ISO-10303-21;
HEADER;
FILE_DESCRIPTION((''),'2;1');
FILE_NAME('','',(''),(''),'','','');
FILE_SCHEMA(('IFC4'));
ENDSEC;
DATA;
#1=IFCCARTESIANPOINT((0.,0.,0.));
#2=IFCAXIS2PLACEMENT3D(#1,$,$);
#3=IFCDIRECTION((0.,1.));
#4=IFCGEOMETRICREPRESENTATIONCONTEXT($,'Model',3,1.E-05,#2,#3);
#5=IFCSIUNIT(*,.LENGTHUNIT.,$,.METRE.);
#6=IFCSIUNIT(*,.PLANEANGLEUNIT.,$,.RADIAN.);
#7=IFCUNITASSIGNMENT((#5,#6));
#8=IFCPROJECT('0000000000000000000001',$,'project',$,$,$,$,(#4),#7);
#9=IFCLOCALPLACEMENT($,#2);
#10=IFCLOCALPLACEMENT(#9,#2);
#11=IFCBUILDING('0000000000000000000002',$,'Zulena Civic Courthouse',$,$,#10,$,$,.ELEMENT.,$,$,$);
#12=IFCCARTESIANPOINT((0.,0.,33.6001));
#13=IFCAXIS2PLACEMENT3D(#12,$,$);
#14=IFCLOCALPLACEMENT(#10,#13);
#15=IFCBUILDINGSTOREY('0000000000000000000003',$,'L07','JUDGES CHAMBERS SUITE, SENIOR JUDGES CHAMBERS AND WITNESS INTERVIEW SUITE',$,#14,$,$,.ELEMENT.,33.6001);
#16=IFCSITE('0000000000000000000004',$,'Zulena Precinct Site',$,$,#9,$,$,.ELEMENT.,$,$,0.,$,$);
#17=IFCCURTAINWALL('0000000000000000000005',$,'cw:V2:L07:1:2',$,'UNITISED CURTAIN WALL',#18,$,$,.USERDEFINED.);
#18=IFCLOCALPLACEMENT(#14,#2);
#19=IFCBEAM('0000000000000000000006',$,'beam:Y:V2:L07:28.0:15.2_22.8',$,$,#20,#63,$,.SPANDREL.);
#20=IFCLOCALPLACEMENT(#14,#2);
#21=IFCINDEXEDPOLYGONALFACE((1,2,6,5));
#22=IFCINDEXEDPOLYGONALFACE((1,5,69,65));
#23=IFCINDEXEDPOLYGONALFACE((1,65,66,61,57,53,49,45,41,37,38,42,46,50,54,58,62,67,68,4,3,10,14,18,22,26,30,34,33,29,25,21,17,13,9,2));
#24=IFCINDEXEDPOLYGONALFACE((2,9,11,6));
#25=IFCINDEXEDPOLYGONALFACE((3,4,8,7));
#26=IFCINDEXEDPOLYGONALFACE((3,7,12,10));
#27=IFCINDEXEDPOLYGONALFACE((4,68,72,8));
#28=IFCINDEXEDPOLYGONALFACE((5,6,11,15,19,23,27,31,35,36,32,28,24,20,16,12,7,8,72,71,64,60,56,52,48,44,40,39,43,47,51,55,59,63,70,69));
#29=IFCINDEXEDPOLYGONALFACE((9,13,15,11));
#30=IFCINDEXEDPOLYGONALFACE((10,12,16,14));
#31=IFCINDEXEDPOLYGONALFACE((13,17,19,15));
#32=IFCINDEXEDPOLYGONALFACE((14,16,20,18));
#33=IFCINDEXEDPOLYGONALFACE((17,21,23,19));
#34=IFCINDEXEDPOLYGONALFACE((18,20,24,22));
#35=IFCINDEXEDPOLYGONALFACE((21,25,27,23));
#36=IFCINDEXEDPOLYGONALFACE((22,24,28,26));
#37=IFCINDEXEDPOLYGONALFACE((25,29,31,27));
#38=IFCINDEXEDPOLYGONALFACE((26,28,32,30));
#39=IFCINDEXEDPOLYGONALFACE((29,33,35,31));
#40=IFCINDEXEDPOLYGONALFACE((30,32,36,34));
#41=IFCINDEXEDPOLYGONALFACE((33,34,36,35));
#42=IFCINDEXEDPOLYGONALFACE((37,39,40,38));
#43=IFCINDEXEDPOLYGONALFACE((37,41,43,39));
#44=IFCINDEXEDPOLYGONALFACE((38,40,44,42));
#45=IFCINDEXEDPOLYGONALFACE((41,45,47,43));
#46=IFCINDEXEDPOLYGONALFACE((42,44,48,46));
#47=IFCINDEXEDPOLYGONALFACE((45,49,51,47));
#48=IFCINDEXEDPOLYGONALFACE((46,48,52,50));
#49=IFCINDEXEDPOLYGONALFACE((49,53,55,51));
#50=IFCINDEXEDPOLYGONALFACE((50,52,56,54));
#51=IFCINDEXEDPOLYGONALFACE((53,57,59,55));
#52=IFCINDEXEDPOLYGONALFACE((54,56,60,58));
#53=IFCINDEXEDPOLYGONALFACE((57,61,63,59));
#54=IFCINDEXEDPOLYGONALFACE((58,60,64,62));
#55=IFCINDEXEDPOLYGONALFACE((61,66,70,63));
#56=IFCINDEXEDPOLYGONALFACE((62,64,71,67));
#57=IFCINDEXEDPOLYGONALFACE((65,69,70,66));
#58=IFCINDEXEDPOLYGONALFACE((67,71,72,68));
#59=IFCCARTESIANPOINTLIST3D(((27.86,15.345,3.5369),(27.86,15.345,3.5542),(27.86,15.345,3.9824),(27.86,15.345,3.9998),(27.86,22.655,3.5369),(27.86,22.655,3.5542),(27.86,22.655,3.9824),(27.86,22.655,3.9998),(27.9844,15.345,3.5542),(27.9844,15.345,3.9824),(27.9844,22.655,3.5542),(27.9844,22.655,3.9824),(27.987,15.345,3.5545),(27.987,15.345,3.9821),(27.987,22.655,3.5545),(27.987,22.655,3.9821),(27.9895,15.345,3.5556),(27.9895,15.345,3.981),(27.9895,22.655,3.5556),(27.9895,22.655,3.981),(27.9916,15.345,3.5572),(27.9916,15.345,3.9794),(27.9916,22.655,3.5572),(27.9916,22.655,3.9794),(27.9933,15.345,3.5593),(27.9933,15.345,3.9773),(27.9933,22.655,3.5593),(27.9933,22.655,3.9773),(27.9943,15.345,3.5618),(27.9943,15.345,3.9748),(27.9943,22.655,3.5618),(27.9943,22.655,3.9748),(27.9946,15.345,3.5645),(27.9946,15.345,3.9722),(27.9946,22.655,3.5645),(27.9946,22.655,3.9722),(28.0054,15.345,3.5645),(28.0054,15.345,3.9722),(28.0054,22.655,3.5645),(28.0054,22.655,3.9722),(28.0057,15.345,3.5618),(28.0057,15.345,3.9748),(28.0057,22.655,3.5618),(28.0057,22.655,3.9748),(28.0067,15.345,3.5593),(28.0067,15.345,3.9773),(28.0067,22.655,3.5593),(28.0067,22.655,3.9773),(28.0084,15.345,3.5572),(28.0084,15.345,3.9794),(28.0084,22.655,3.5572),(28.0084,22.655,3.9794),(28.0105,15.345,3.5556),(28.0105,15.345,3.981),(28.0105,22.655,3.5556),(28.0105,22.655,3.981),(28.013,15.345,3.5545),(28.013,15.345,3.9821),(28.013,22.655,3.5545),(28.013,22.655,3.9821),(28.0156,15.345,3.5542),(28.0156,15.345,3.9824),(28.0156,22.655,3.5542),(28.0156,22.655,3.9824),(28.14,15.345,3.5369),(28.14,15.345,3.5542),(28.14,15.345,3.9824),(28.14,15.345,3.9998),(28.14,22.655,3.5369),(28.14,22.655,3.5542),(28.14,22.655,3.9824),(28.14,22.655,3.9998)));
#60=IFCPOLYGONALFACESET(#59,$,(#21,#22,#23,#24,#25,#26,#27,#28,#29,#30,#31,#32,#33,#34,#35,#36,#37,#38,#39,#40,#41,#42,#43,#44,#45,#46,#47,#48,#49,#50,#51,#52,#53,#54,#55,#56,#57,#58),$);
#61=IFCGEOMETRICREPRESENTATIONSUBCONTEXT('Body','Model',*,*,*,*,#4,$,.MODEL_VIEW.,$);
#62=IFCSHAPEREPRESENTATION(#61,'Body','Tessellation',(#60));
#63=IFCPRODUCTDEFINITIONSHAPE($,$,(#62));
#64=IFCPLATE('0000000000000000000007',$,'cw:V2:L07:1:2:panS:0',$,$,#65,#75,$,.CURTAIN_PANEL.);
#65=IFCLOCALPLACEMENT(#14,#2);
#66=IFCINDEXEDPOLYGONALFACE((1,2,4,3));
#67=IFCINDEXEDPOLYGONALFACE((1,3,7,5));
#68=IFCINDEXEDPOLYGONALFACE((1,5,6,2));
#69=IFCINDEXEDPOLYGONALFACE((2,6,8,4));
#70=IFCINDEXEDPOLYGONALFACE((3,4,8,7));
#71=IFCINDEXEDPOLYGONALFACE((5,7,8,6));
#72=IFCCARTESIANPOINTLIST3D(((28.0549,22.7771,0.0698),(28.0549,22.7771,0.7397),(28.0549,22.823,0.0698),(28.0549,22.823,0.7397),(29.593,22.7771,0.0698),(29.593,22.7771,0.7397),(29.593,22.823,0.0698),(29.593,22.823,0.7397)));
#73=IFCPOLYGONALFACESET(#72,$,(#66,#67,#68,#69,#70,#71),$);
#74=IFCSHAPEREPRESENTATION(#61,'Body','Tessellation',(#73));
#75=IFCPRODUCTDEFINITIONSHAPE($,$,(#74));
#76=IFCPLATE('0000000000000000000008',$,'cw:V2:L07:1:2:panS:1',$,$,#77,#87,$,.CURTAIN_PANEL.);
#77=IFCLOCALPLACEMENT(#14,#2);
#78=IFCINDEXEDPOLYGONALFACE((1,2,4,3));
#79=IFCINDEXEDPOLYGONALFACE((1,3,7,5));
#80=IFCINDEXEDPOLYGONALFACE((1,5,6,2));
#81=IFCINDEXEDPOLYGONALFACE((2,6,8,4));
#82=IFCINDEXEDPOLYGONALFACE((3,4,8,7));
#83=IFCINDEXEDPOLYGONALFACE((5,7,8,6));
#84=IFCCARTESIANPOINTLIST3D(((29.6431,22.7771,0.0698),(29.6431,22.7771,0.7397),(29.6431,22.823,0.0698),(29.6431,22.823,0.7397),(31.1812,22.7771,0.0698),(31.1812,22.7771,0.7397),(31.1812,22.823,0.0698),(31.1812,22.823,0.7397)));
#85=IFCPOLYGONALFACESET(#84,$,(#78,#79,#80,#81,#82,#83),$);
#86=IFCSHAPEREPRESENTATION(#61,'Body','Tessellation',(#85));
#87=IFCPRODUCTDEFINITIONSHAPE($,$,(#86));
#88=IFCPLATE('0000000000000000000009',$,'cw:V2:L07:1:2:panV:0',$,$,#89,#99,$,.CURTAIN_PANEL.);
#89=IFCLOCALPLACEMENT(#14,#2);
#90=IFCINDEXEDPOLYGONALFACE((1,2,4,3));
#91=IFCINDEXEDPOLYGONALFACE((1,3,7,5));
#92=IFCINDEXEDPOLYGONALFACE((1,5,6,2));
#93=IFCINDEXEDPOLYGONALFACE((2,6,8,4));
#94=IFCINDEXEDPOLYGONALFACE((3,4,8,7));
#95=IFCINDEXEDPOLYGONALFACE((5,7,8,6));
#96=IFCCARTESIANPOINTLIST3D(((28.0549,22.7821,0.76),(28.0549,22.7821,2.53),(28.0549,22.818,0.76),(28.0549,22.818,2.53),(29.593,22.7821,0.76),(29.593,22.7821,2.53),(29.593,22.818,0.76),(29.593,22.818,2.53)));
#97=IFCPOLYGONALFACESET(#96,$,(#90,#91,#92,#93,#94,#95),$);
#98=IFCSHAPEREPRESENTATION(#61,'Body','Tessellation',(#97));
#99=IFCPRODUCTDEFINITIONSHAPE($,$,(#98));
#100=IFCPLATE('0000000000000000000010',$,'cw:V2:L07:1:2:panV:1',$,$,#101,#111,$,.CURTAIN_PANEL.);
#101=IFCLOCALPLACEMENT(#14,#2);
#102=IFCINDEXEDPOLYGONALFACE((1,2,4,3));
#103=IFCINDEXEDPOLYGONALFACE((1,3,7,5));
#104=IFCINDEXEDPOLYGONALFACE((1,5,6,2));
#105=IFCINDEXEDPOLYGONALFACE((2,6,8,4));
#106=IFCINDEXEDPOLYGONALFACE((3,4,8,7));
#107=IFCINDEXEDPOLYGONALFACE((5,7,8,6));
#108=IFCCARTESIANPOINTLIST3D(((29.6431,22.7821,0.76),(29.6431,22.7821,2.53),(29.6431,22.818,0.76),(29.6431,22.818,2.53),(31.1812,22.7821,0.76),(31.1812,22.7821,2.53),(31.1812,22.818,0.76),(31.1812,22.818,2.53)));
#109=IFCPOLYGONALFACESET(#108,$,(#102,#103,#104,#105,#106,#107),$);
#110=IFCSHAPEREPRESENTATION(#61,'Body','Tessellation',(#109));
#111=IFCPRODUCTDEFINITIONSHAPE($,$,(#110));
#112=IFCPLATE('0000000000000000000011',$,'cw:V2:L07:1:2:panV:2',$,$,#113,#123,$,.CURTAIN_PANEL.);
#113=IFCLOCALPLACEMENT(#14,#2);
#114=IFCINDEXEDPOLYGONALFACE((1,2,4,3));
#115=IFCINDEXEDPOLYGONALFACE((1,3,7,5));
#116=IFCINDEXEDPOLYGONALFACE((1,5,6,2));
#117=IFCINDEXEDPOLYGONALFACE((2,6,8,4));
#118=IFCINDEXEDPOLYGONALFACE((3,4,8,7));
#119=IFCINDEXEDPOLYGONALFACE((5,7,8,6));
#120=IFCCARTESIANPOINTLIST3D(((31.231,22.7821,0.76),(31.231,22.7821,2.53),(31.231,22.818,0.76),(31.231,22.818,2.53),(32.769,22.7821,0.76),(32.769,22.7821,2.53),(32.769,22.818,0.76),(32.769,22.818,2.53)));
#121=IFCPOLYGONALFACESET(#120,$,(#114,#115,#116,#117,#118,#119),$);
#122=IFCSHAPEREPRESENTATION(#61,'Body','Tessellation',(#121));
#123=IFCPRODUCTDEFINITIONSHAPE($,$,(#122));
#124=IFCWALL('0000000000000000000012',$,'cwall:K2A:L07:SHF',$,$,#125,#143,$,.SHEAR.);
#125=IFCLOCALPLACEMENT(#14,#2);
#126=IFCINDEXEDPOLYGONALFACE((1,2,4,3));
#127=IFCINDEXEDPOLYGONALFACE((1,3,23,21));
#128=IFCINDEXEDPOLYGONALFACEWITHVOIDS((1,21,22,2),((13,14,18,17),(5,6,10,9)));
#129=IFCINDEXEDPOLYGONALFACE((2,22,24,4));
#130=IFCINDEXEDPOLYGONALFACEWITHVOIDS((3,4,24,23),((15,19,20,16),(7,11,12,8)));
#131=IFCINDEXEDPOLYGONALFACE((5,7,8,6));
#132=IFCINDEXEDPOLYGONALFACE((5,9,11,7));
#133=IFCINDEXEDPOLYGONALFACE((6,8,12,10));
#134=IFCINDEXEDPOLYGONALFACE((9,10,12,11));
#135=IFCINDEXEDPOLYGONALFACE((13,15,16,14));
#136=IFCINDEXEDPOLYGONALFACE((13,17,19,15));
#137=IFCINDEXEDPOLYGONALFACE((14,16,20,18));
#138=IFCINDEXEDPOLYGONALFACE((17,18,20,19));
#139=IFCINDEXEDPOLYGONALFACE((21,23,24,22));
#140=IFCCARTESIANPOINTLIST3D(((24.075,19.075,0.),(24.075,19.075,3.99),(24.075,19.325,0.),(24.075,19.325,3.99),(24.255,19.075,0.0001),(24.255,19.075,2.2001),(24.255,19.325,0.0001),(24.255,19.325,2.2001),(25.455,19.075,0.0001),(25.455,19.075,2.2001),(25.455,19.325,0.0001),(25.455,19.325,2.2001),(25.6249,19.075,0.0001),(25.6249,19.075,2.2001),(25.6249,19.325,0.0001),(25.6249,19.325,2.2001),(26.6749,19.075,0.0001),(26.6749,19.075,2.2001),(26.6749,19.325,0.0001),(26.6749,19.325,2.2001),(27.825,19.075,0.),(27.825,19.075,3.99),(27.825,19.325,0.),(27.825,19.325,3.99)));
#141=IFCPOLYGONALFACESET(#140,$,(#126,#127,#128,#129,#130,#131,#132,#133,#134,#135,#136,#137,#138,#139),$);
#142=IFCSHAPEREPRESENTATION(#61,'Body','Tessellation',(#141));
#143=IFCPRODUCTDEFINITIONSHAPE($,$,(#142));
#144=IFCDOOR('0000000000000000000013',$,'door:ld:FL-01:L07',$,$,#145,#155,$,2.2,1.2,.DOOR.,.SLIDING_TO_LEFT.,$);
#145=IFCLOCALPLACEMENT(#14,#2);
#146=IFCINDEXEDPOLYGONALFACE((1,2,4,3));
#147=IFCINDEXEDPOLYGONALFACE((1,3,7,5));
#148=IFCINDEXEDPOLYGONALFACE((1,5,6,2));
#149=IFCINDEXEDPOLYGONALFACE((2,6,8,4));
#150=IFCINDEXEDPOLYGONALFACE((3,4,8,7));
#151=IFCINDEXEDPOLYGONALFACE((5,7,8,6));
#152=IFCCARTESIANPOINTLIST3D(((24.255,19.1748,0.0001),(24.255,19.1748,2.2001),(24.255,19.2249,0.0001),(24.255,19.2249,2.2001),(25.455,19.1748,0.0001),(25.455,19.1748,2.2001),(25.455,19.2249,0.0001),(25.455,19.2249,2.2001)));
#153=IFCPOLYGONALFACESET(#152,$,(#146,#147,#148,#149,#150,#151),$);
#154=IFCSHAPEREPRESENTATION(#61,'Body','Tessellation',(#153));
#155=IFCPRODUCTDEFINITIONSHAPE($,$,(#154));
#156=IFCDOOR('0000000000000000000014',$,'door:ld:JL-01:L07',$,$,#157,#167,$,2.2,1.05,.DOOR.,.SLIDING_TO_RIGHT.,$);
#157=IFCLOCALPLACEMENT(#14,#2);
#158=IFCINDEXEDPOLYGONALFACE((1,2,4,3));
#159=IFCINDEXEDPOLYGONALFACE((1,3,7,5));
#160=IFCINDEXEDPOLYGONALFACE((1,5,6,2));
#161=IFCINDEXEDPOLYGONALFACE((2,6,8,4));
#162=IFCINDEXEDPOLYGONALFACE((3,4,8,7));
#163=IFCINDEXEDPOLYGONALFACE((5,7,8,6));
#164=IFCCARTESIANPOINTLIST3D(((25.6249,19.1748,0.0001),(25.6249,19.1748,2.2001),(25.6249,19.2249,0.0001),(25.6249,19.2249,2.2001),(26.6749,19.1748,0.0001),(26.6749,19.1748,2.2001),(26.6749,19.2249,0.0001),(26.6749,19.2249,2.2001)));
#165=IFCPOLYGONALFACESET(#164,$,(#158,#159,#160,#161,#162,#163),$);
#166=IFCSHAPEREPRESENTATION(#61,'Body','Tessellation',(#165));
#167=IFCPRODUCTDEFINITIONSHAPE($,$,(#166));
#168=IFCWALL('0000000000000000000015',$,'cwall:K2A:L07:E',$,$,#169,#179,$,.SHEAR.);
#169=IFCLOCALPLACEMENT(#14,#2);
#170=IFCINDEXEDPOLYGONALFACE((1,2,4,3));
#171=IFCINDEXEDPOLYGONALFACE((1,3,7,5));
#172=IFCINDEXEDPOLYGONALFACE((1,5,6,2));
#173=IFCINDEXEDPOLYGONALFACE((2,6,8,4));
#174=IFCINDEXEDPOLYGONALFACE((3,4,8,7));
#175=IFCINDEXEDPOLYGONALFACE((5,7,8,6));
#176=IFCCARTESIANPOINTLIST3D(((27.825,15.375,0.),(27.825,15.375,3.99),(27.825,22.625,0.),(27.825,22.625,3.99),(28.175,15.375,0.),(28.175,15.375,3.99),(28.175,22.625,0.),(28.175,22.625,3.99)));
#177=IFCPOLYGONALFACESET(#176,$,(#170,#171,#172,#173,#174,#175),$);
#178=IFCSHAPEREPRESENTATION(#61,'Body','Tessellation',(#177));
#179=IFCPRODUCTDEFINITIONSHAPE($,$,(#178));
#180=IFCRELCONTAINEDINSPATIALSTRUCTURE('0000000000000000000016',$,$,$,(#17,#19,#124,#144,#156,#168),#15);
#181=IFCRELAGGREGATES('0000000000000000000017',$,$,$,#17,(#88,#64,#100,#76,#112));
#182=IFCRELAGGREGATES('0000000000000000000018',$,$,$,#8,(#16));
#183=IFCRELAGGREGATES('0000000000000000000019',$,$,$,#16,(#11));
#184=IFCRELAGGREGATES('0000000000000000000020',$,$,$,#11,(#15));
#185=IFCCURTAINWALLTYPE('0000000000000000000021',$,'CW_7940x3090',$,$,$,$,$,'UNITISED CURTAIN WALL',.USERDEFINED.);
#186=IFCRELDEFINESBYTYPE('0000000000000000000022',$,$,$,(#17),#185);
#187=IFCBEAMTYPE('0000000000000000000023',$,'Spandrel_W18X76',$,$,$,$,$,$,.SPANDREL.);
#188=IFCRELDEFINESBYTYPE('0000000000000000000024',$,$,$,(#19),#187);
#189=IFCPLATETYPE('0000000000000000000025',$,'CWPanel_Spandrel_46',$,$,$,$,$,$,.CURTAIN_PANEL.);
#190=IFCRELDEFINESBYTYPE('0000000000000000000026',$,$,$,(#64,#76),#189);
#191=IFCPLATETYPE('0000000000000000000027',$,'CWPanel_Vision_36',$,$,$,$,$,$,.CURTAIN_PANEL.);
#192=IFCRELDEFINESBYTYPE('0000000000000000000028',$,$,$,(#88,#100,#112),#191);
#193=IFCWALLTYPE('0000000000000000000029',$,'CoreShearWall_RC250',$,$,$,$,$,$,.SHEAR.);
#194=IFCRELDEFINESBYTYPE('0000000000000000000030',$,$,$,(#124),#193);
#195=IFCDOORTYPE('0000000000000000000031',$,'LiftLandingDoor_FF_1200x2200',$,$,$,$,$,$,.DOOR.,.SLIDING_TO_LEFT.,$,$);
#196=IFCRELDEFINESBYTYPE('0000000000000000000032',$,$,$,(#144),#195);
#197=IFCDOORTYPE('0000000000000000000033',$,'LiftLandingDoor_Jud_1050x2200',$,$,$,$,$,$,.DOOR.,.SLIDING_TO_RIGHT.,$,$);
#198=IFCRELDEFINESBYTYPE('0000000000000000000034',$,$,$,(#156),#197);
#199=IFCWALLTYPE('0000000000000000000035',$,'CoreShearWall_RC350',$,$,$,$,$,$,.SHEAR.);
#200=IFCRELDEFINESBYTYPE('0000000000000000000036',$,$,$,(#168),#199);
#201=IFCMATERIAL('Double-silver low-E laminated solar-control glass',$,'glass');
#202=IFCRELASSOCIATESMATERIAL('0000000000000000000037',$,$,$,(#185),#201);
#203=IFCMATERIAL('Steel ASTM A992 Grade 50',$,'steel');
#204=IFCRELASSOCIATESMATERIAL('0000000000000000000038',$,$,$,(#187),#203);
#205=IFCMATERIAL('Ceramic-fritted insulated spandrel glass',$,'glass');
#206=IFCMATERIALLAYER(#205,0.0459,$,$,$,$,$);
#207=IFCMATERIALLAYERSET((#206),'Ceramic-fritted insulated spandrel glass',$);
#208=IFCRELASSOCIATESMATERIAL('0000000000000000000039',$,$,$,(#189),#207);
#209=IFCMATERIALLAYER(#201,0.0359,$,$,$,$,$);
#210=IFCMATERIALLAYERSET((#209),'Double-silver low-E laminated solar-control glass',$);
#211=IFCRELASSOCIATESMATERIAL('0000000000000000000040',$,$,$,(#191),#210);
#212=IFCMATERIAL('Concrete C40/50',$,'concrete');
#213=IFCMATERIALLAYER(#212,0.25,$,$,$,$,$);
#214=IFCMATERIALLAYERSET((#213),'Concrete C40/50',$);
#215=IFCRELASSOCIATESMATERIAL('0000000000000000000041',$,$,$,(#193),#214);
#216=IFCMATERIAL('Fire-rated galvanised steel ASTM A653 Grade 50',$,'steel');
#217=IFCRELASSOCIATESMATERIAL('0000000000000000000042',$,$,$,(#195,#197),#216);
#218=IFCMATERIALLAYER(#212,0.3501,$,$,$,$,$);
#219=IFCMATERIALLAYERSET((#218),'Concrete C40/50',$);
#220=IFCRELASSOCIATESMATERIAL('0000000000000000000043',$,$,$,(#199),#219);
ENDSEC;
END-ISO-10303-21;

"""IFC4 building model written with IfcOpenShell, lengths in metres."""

from ifc_helpers import new_model, si_unit, direction, frame, frame_2d, origin, origin_2d, place, context, subcontext, project, spatial, rectangle, i_section, extrude, material, layer, layer_set, material_profile, profile_set, type_object, element, fill, aggregate, save


model = new_model("IFC4")

# Units and contexts
model_context = context("Model", 3, precision=1e-05, world=origin(), true_north=direction((0.0, 1.0)))
body_context = subcontext(model_context, "Body", "Model", "MODEL_VIEW")
ifc_project = project(units=[si_unit("LENGTHUNIT", "METRE"), si_unit("PLANEANGLEUNIT", "RADIAN")], contexts=[model_context])

# Site, building, storey
site_placement = place(None, origin())
site = spatial("IfcSite", under=ifc_project, at=site_placement, Name="Zulena Precinct Site", CompositionType="ELEMENT", RefElevation=0.0)
building_placement = place(site_placement, origin())
building = spatial("IfcBuilding", under=site, at=building_placement, Name="Zulena Civic Courthouse", CompositionType="ELEMENT")
storey_placement = place(building_placement, frame((0.0, 0.0, 33.6001)))
storey = spatial("IfcBuildingStorey", under=building, at=storey_placement, Name="L07", Description="JUDGES CHAMBERS SUITE, SENIOR JUDGES CHAMBERS AND WITNESS INTERVIEW SUITE", CompositionType="ELEMENT", Elevation=33.6001)

# Shared definitions
ifc_material_1 = material(Name="Steel ASTM A992 Grade 50", Category="steel")

# Curtain wall
ifc_material_2 = material(Name="Double-silver low-E laminated solar-control glass", Category="glass")
curtain_wall_type = type_object("IfcCurtainWallType", Name="CW_7940x3090", ElementType="UNITISED CURTAIN WALL", PredefinedType="USERDEFINED", material=ifc_material_2)
curtain_wall_placement = place(storey_placement, origin())
curtain_wall = element("IfcCurtainWall", 1, at=curtain_wall_placement, inside=storey, type_object=curtain_wall_type, Name="cw:V2:L07:1:2", ObjectType="UNITISED CURTAIN WALL", PredefinedType="USERDEFINED")

# Beam
ifc_material_profile_1 = material_profile(ifc_material_1, i_section(OverallWidth=0.28, OverallDepth=0.4629, WebThickness=0.0107, FlangeThickness=0.0173, FilletRadius=0.0103, at=origin_2d()), Name="W18X76")
ifc_profile_set_1 = profile_set([ifc_material_profile_1], Name="Steel ASTM A992 Grade 50")
beam_type_1 = type_object("IfcBeamType", Name="Spandrel_W18X76", PredefinedType="SPANDREL", material=ifc_profile_set_1)
beam_1_placement = place(storey_placement, frame((28.0, 15.345, 3.7683), z_axis=(0.0, 1.0, 0.0), x_axis=(-1.0, 0.0, 0.0)))
element("IfcBeam", 2, at=beam_1_placement, inside=storey, type_object=beam_type_1, Name="beam:Y:V2:L07:28.0:15.2_22.8", PredefinedType="SPANDREL", context=body_context, shape_type="SweptSolid", body=[
    extrude(i_section(OverallWidth=0.28, OverallDepth=0.4629, WebThickness=0.0107, FlangeThickness=0.0173, FilletRadius=0.0103, at=origin_2d()), origin(), (0.0, 0.0, 1.0), 7.3101),
])

# Plates
ifc_material_3 = material(Name="Ceramic-fritted insulated spandrel glass", Category="glass")
ifc_layer_1 = layer(ifc_material_3, 0.0459)
ifc_layer_set_1 = layer_set([ifc_layer_1], Name="Ceramic-fritted insulated spandrel glass")
plate_type_1 = type_object("IfcPlateType", Name="CWPanel_Spandrel_46", PredefinedType="CURTAIN_PANEL", material=ifc_layer_set_1)
plate_1_placement = place(storey_placement, frame((28.824, 22.8, 0.0698), z_axis=(0.0, 0.0, 1.0), x_axis=(1.0, 0.0, 0.0)))
plate_1 = element("IfcPlate", 3, at=plate_1_placement, type_object=plate_type_1, Name="cw:V2:L07:1:2:panS:0", PredefinedType="CURTAIN_PANEL", context=body_context, shape_type="SweptSolid", body=[
    extrude(rectangle(XDim=1.5381, YDim=0.0459, at=origin_2d()), origin(), (0.0, 0.0, 1.0), 0.6699),
])
plate_2_placement = place(storey_placement, frame((30.4121, 22.8, 0.0698), z_axis=(0.0, 0.0, 1.0), x_axis=(1.0, 0.0, 0.0)))
plate_2 = element("IfcPlate", 4, at=plate_2_placement, type_object=plate_type_1, Name="cw:V2:L07:1:2:panS:1", PredefinedType="CURTAIN_PANEL", context=body_context, shape_type="SweptSolid", body=[
    extrude(rectangle(XDim=1.5381, YDim=0.0459, at=origin_2d()), origin(), (0.0, 0.0, 1.0), 0.6699),
])
ifc_layer_2 = layer(ifc_material_2, 0.0359)
ifc_layer_set_2 = layer_set([ifc_layer_2], Name="Double-silver low-E laminated solar-control glass")
plate_type_2 = type_object("IfcPlateType", Name="CWPanel_Vision_36", PredefinedType="CURTAIN_PANEL", material=ifc_layer_set_2)
plate_3_placement = place(storey_placement, frame((28.824, 22.8, 0.76), z_axis=(0.0, 0.0, 1.0), x_axis=(1.0, 0.0, 0.0)))
plate_3 = element("IfcPlate", 5, at=plate_3_placement, type_object=plate_type_2, Name="cw:V2:L07:1:2:panV:0", PredefinedType="CURTAIN_PANEL", context=body_context, shape_type="SweptSolid", body=[
    extrude(rectangle(XDim=1.5381, YDim=0.0359, at=origin_2d()), origin(), (0.0, 0.0, 1.0), 1.77),
])
plate_4_placement = place(storey_placement, frame((30.4121, 22.8, 0.76), z_axis=(0.0, 0.0, 1.0), x_axis=(1.0, 0.0, 0.0)))
plate_4 = element("IfcPlate", 6, at=plate_4_placement, type_object=plate_type_2, Name="cw:V2:L07:1:2:panV:1", PredefinedType="CURTAIN_PANEL", context=body_context, shape_type="SweptSolid", body=[
    extrude(rectangle(XDim=1.5381, YDim=0.0359, at=origin_2d()), origin(), (0.0, 0.0, 1.0), 1.77),
])
plate_5_placement = place(storey_placement, frame((32.0, 22.8, 0.76), z_axis=(0.0, 0.0, 1.0), x_axis=(1.0, 0.0, 0.0)))
plate_5 = element("IfcPlate", 7, at=plate_5_placement, type_object=plate_type_2, Name="cw:V2:L07:1:2:panV:2", PredefinedType="CURTAIN_PANEL", context=body_context, shape_type="SweptSolid", body=[
    extrude(rectangle(XDim=1.5381, YDim=0.0359, at=origin_2d()), origin(), (0.0, 0.0, 1.0), 1.77),
])
aggregate(curtain_wall, [plate_3, plate_1, plate_4, plate_2, plate_5])

# Wall, openings, doors
ifc_material_4 = material(Name="Concrete C40/50", Category="concrete")
ifc_layer_3 = layer(ifc_material_4, 0.25)
ifc_layer_set_3 = layer_set([ifc_layer_3], Name="Concrete C40/50")
wall_type_1 = type_object("IfcWallType", Name="CoreShearWall_RC250", PredefinedType="SHEAR", material=ifc_layer_set_3)
wall_1_placement = place(storey_placement, frame((24.075, 19.2, 0.0), z_axis=(0.0, 0.0, 1.0), x_axis=(1.0, 0.0, 0.0)))
wall_1 = element("IfcWall", 8, at=wall_1_placement, inside=storey, type_object=wall_type_1, Name="cwall:K2A:L07:SHF", PredefinedType="SHEAR", context=body_context, shape_type="SweptSolid", body=[
    extrude(rectangle(XDim=3.75, YDim=0.25, at=frame_2d((1.875, 0.0))), origin(), (0.0, 0.0, 1.0), 3.99),
])
opening_1_placement = place(wall_1_placement, frame((0.1799, 0.0, 0.0)))
opening_1 = element("IfcOpeningElement", 9, at=opening_1_placement, cuts=wall_1, PredefinedType="OPENING", context=body_context, shape_type="SweptSolid", body=[
    extrude(rectangle(XDim=1.2, YDim=2.2, at=frame_2d((0.6001, 1.1001))), frame((0.0, 0.135, 0.0), z_axis=(0.0, -1.0, 0.0), x_axis=(1.0, 0.0, 0.0)), (0.0, 0.0, 1.0), 0.27),
])
opening_2_placement = place(wall_1_placement, frame((1.55, 0.0, 0.0)))
opening_2 = element("IfcOpeningElement", 10, at=opening_2_placement, cuts=wall_1, PredefinedType="OPENING", context=body_context, shape_type="SweptSolid", body=[
    extrude(rectangle(XDim=1.05, YDim=2.2, at=frame_2d((0.5249, 1.1001))), frame((0.0, 0.135, 0.0), z_axis=(0.0, -1.0, 0.0), x_axis=(1.0, 0.0, 0.0)), (0.0, 0.0, 1.0), 0.27),
])
ifc_material_5 = material(Name="Fire-rated galvanised steel ASTM A653 Grade 50", Category="steel")
door_type_1 = type_object("IfcDoorType", Name="LiftLandingDoor_FF_1200x2200", OperationType="SLIDING_TO_LEFT", PredefinedType="DOOR", material=ifc_material_5)
door_1_placement = place(opening_1_placement, origin())
door_1 = element("IfcDoor", 11, at=door_1_placement, inside=storey, type_object=door_type_1, Name="door:ld:FL-01:L07", OperationType="SLIDING_TO_LEFT", OverallHeight=2.2, OverallWidth=1.2, PredefinedType="DOOR", context=body_context, shape_type="SweptSolid", body=[
    extrude(rectangle(XDim=1.2, YDim=2.2, at=frame_2d((0.6001, 1.1001))), frame((0.0, 0.0249, 0.0), z_axis=(0.0, -1.0, 0.0), x_axis=(1.0, 0.0, 0.0)), (0.0, 0.0, 1.0), 0.05),
])
fill(opening_1, door_1)
door_type_2 = type_object("IfcDoorType", Name="LiftLandingDoor_Jud_1050x2200", OperationType="SLIDING_TO_RIGHT", PredefinedType="DOOR", material=ifc_material_5)
door_2_placement = place(opening_2_placement, origin())
door_2 = element("IfcDoor", 12, at=door_2_placement, inside=storey, type_object=door_type_2, Name="door:ld:JL-01:L07", OperationType="SLIDING_TO_RIGHT", OverallHeight=2.2, OverallWidth=1.05, PredefinedType="DOOR", context=body_context, shape_type="SweptSolid", body=[
    extrude(rectangle(XDim=1.05, YDim=2.2, at=frame_2d((0.5249, 1.1001))), frame((0.0, 0.0249, 0.0), z_axis=(0.0, -1.0, 0.0), x_axis=(1.0, 0.0, 0.0)), (0.0, 0.0, 1.0), 0.05),
])
fill(opening_2, door_2)

# Wall
ifc_layer_4 = layer(ifc_material_4, 0.3501)
ifc_layer_set_4 = layer_set([ifc_layer_4], Name="Concrete C40/50")
wall_type_2 = type_object("IfcWallType", Name="CoreShearWall_RC350", PredefinedType="SHEAR", material=ifc_layer_set_4)
wall_2_placement = place(storey_placement, frame((28.0, 15.375, 0.0), z_axis=(0.0, 0.0, 1.0), x_axis=(0.0, 1.0, 0.0)))
element("IfcWall", 13, at=wall_2_placement, inside=storey, type_object=wall_type_2, Name="cwall:K2A:L07:E", PredefinedType="SHEAR", context=body_context, shape_type="SweptSolid", body=[
    extrude(rectangle(XDim=7.25, YDim=0.3501, at=frame_2d((3.625, 0.0))), origin(), (0.0, 0.0, 1.0), 3.99),
])

save(model, "model.ifc")
